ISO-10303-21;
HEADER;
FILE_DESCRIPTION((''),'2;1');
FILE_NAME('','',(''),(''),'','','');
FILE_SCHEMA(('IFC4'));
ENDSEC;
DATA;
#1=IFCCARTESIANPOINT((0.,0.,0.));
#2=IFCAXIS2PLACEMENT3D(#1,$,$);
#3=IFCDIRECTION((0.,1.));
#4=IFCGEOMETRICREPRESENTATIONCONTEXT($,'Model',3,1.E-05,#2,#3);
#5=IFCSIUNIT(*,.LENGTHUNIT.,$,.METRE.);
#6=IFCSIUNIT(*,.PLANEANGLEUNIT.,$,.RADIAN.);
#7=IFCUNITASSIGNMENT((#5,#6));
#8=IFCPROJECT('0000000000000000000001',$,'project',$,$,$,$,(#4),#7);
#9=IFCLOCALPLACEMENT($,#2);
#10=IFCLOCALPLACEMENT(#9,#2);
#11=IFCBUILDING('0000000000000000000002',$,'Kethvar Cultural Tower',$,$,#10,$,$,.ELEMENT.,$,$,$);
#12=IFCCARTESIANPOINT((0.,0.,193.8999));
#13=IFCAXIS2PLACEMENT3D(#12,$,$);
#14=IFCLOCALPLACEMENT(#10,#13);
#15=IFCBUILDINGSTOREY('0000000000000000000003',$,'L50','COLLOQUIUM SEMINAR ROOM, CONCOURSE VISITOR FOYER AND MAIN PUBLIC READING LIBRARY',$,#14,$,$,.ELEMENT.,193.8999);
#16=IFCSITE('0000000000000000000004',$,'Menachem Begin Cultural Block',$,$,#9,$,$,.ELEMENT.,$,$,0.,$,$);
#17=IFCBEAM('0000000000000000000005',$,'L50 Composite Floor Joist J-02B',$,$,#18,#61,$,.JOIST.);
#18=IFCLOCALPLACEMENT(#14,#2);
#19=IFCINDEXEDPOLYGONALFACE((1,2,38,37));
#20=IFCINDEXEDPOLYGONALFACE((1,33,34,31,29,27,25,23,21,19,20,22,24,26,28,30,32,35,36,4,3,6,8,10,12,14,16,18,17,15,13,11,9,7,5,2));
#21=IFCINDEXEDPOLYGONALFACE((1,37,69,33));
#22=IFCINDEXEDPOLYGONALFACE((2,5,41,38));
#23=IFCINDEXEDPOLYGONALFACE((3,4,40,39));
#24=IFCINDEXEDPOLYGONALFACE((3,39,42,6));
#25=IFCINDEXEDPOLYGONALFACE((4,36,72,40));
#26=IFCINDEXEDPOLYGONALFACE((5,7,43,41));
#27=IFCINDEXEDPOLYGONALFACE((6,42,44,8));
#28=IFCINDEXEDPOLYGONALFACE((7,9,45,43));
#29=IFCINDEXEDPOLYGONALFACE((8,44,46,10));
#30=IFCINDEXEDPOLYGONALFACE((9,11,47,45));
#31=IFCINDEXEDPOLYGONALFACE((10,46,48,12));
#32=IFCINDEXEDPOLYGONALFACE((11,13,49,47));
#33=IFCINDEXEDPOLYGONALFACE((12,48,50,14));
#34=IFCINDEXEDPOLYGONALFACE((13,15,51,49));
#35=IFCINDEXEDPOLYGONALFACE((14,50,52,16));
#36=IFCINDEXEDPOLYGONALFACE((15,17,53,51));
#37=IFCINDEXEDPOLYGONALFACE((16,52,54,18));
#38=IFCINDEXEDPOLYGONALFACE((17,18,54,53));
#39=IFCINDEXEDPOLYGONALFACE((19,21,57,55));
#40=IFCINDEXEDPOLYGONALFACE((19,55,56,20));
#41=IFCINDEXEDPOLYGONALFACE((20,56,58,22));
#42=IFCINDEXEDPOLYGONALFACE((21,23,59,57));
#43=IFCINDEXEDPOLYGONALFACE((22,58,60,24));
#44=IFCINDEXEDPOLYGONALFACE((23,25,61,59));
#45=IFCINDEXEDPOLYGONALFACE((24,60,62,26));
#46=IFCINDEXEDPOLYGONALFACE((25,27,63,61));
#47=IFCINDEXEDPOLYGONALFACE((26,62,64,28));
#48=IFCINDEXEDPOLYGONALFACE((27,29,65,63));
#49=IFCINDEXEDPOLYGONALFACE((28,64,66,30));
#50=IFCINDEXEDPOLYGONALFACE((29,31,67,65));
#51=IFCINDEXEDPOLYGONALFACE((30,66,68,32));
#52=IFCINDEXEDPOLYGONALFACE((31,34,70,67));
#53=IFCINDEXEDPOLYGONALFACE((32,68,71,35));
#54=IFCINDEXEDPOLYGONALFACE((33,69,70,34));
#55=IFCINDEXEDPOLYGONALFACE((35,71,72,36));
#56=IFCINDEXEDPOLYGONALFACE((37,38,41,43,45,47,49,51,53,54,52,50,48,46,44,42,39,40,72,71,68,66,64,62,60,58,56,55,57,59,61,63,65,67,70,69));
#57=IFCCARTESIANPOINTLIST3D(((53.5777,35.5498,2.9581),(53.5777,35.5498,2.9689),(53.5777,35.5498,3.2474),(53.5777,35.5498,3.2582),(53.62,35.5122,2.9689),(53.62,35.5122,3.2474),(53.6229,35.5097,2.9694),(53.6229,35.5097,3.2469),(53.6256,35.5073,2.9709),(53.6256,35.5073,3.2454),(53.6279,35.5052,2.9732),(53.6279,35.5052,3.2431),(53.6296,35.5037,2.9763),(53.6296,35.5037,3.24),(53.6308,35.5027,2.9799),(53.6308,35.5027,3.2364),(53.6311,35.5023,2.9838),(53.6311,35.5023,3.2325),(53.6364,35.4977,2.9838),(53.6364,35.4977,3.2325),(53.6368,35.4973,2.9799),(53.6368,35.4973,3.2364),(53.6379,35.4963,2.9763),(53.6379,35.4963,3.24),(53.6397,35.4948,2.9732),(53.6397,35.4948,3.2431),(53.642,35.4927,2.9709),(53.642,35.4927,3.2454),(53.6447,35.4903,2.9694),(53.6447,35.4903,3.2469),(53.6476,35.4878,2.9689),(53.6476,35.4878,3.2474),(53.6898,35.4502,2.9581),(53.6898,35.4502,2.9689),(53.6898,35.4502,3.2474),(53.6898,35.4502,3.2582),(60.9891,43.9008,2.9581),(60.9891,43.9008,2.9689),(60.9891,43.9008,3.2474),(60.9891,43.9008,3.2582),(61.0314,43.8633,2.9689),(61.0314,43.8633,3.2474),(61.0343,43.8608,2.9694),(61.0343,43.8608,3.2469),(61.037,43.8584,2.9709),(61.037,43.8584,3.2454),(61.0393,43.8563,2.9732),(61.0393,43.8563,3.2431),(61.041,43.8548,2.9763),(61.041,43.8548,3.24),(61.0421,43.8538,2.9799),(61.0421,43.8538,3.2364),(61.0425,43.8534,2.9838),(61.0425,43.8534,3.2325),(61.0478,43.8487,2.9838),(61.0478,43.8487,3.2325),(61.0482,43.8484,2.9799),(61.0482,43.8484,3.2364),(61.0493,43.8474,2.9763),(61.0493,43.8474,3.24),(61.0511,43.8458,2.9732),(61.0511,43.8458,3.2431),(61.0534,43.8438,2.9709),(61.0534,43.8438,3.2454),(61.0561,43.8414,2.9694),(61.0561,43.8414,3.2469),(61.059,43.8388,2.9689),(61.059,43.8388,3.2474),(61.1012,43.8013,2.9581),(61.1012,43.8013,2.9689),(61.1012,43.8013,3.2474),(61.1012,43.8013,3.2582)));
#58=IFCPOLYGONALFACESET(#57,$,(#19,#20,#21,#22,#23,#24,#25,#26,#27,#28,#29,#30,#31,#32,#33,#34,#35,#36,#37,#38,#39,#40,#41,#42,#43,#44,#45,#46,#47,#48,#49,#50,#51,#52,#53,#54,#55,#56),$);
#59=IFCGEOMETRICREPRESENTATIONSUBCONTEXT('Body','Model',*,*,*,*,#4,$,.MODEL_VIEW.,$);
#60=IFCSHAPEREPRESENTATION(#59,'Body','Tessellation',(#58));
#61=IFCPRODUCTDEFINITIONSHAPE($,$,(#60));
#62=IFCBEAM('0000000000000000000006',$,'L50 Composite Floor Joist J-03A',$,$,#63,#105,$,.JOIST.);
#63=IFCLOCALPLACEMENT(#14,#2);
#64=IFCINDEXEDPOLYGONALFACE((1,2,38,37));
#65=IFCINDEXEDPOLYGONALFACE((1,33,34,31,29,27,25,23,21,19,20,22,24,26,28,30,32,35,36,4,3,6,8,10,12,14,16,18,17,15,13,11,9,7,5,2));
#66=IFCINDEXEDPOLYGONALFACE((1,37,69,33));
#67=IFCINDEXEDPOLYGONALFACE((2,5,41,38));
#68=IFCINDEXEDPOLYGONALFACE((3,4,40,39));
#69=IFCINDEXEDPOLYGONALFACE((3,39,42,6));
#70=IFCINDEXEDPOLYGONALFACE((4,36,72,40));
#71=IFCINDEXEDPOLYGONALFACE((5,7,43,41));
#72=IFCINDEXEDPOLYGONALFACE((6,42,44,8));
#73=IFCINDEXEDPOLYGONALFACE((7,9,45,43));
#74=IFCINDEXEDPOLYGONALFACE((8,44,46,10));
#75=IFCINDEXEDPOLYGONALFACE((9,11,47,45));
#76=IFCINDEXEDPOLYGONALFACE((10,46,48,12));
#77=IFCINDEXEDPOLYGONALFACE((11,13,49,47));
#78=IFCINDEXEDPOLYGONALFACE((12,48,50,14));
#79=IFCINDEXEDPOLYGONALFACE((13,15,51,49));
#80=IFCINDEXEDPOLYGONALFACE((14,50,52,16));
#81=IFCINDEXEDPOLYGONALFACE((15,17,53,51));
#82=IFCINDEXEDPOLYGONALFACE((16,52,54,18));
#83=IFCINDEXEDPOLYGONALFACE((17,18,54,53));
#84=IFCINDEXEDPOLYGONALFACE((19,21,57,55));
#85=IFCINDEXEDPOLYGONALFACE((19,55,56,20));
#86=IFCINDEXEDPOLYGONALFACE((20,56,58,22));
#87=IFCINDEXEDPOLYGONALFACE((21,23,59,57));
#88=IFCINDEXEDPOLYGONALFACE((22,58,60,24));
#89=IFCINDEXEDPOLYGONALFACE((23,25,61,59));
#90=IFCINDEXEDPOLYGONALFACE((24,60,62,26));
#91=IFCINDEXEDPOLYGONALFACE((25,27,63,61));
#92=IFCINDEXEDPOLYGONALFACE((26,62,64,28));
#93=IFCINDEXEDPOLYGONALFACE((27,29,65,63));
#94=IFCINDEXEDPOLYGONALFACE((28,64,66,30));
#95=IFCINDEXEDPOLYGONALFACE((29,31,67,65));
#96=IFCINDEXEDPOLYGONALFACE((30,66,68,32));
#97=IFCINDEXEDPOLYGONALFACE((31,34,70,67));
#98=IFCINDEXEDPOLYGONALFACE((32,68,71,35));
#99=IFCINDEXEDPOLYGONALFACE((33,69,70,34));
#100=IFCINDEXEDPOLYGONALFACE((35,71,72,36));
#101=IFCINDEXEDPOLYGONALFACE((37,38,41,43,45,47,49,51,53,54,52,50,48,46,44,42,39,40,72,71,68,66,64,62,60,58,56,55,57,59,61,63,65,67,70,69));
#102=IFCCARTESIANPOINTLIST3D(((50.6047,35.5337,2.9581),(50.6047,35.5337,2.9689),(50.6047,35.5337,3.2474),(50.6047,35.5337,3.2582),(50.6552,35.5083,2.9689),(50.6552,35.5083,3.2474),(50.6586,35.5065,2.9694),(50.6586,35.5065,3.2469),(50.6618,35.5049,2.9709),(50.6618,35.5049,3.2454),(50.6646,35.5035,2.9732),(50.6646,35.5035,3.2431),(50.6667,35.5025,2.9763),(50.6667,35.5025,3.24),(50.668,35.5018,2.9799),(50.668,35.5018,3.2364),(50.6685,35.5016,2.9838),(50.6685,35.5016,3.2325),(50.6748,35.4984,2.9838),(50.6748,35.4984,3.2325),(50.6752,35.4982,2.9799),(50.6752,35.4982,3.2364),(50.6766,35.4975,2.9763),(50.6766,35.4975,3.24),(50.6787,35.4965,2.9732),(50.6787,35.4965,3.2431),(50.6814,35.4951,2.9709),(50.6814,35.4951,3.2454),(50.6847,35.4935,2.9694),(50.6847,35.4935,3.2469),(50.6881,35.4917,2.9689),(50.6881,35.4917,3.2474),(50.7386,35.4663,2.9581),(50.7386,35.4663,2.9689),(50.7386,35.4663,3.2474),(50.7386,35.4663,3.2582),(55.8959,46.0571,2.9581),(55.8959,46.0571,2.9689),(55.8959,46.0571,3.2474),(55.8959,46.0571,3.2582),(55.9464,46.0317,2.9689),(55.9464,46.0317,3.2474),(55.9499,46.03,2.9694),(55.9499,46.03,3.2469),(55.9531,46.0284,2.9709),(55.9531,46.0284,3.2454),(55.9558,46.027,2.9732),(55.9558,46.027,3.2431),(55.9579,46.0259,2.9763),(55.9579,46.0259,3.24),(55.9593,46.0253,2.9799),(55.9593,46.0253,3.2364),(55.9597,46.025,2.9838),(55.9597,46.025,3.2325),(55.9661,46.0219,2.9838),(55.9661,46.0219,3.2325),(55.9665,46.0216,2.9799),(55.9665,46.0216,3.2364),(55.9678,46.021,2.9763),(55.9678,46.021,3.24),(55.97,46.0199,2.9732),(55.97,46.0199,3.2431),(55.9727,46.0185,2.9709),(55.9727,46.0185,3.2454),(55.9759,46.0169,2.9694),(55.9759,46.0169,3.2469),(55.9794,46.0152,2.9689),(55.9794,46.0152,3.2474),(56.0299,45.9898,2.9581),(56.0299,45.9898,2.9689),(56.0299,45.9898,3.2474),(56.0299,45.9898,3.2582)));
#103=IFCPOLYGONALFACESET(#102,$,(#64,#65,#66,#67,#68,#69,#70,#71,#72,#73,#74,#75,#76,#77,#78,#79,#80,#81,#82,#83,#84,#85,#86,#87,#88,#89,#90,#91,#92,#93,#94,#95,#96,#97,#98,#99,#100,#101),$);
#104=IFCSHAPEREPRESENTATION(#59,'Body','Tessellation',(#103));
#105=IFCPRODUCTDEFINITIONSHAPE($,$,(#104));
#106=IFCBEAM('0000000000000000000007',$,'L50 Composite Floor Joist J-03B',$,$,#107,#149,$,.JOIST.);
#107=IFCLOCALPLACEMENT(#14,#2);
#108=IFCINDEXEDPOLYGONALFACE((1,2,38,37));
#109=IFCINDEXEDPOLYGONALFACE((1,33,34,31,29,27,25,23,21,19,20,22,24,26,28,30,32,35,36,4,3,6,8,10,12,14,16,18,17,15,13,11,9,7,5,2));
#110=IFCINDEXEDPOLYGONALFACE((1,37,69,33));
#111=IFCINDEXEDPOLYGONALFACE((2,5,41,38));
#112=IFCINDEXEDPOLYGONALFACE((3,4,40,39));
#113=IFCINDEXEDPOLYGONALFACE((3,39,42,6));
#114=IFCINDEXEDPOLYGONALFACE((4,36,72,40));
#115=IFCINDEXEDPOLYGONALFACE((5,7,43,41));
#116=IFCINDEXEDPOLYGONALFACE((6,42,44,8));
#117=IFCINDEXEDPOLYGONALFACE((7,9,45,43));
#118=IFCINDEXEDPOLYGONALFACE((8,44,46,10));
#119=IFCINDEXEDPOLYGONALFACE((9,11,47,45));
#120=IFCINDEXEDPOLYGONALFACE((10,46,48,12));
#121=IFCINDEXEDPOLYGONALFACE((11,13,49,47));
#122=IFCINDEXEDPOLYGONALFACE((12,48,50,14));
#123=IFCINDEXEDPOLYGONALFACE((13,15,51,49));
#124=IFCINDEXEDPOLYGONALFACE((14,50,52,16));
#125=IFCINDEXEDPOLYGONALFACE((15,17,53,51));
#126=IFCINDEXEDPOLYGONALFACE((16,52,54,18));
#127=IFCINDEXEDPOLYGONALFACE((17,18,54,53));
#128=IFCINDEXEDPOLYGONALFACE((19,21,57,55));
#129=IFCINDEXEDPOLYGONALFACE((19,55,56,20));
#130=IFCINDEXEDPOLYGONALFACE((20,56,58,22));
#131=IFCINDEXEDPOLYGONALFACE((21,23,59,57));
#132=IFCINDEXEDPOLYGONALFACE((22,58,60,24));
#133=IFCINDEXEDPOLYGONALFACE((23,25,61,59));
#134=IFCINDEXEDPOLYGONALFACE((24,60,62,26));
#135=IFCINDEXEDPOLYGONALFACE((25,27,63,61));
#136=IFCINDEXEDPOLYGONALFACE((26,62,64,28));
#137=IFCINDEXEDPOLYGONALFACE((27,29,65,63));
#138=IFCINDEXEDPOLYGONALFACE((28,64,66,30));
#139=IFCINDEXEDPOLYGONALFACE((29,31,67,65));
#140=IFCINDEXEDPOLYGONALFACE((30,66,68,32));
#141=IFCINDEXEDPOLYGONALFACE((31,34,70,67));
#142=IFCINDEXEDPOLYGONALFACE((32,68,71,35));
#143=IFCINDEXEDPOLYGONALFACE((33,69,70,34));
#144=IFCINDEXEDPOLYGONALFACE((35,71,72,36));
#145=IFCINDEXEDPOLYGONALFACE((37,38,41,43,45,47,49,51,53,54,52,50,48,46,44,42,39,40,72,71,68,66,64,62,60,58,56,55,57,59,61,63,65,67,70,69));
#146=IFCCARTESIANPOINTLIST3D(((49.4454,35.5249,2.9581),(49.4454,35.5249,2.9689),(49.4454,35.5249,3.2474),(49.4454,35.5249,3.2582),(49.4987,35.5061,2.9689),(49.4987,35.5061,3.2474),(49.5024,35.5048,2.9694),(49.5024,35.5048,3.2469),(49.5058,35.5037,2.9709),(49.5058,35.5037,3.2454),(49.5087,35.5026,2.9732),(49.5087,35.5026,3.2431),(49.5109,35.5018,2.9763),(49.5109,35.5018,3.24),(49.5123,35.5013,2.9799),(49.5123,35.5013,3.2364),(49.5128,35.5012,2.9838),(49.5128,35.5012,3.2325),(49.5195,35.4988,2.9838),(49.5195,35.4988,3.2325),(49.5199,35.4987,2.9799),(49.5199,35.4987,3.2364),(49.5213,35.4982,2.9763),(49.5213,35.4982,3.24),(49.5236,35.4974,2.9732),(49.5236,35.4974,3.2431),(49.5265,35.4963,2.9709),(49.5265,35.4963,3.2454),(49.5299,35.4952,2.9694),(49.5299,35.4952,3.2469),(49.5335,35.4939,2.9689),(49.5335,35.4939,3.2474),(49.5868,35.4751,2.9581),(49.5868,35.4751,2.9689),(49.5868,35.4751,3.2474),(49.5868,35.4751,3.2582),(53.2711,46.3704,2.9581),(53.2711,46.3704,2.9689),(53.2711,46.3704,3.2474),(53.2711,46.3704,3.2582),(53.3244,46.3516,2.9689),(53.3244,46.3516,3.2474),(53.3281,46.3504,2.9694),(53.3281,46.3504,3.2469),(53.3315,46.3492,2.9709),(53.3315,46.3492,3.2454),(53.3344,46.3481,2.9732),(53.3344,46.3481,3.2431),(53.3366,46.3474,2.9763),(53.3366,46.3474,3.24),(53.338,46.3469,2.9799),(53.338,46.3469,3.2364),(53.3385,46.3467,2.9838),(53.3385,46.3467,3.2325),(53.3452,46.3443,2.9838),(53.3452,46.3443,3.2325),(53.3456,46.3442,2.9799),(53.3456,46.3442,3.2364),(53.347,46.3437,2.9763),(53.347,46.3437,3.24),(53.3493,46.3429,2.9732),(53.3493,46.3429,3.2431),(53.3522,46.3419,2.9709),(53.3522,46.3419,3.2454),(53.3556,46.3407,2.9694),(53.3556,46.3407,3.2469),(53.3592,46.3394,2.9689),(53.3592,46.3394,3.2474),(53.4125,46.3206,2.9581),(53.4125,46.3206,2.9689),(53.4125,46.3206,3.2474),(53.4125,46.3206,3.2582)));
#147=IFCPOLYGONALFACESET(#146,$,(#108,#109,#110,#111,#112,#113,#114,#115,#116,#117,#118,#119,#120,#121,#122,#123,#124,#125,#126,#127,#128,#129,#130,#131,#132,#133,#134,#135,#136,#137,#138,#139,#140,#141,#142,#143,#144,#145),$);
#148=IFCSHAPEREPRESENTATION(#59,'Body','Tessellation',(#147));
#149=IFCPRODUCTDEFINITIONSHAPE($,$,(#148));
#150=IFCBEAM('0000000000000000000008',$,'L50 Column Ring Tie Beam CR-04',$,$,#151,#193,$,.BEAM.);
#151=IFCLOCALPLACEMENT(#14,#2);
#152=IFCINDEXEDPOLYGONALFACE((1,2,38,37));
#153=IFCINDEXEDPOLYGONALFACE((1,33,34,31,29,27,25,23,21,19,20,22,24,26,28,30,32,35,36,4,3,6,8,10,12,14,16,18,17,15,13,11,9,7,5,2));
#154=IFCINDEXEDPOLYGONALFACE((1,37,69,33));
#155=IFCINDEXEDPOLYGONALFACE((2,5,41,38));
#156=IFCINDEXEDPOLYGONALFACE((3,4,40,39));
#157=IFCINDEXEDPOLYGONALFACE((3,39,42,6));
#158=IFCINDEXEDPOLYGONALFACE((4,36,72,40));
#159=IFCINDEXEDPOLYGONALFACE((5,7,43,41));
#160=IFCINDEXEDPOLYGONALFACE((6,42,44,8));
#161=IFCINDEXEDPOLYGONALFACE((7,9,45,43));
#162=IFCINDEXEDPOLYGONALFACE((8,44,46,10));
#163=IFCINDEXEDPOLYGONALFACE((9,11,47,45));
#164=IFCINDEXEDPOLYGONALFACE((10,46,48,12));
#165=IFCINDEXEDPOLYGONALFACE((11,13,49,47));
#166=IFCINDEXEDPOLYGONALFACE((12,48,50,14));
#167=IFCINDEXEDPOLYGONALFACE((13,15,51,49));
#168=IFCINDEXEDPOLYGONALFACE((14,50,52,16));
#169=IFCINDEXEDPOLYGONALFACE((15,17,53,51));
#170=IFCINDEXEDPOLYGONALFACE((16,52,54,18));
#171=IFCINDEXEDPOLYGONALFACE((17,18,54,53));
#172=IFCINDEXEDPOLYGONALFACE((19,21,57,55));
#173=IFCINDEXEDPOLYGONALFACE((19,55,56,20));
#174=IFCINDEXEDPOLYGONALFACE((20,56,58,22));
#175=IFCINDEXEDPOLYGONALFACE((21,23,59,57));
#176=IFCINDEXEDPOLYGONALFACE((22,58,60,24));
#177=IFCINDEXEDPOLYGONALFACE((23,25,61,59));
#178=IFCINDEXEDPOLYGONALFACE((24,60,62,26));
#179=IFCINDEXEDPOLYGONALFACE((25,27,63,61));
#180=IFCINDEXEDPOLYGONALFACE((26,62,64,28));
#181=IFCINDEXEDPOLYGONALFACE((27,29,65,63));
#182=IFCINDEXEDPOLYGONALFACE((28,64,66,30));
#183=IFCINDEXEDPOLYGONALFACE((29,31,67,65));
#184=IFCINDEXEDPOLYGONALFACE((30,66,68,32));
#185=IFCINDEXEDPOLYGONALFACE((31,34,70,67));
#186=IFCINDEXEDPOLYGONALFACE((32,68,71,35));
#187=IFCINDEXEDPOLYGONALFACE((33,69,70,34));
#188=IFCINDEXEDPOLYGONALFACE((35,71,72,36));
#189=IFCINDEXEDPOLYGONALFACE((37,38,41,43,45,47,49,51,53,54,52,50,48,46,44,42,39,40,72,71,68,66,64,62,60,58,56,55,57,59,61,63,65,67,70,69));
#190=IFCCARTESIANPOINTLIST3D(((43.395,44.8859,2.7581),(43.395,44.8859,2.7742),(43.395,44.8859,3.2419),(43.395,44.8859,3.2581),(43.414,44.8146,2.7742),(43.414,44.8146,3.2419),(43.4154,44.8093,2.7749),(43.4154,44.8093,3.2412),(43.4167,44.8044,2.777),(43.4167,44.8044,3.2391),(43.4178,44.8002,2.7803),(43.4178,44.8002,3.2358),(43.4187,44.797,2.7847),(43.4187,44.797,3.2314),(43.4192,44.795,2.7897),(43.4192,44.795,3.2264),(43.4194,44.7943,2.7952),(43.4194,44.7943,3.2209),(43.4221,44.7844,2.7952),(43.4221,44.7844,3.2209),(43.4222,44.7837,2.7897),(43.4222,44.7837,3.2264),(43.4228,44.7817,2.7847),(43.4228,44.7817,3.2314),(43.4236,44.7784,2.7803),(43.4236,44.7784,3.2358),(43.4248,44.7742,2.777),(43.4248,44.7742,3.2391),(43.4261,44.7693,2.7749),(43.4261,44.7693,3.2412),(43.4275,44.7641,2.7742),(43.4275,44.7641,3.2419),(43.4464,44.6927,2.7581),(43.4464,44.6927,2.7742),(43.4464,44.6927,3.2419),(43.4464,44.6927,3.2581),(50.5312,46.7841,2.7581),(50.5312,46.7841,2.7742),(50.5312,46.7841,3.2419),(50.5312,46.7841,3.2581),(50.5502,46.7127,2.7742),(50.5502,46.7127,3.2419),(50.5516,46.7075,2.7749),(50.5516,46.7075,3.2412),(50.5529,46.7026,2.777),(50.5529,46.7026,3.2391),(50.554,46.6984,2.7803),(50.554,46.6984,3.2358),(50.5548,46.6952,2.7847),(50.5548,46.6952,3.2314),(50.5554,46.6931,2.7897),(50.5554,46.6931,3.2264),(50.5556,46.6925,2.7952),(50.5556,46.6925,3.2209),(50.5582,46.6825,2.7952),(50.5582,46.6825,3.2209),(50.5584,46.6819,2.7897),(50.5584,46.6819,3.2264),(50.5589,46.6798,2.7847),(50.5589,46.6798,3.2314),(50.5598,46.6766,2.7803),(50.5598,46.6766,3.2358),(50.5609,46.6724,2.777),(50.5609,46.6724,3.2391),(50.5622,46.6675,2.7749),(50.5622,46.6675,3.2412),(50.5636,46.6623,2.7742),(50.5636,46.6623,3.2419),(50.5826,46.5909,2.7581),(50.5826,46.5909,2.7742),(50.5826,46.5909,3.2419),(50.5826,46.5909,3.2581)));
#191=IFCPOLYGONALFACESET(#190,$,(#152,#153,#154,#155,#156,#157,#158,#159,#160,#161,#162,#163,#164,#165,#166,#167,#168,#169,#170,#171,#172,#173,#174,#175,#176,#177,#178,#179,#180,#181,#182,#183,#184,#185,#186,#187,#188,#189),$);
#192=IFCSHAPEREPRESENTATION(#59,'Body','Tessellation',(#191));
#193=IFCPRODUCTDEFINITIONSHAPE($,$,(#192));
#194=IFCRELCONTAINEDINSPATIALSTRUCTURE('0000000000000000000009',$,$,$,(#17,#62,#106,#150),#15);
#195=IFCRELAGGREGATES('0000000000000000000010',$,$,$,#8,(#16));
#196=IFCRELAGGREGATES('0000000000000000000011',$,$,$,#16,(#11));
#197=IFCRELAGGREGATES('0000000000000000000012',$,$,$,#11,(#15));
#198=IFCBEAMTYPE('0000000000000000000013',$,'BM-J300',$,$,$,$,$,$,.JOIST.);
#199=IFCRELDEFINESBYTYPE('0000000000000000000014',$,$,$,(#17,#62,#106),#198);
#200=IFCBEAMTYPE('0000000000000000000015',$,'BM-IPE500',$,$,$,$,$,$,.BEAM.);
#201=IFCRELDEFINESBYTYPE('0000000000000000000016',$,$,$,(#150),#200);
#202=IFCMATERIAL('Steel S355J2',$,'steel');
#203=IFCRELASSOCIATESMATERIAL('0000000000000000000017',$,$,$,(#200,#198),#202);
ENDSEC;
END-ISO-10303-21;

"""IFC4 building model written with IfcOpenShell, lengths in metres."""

from ifc_helpers import new_model, si_unit, direction, frame, origin, origin_2d, place, context, subcontext, project, spatial, i_section, extrude, source, transform, mapped, material, material_profile, profile_set, type_object, element, save


model = new_model("IFC4")

# Units and contexts
model_context = context("Model", 3, precision=1e-05, world=origin(), true_north=direction((0.0, 1.0)))
body_context = subcontext(model_context, "Body", "Model", "MODEL_VIEW")
ifc_project = project(units=[si_unit("LENGTHUNIT", "METRE"), si_unit("PLANEANGLEUNIT", "RADIAN")], contexts=[model_context])

# Site, building, storey
site_placement = place(None, origin())
site = spatial("IfcSite", under=ifc_project, at=site_placement, Name="Menachem Begin Cultural Block", CompositionType="ELEMENT", RefElevation=0.0)
building_placement = place(site_placement, origin())
building = spatial("IfcBuilding", under=site, at=building_placement, Name="Kethvar Cultural Tower", CompositionType="ELEMENT")
storey_placement = place(building_placement, frame((0.0, 0.0, 193.8999)))
storey = spatial("IfcBuildingStorey", under=building, at=storey_placement, Name="L50", Description="COLLOQUIUM SEMINAR ROOM, CONCOURSE VISITOR FOYER AND MAIN PUBLIC READING LIBRARY", CompositionType="ELEMENT", Elevation=193.8999)

# Beams
ifc_material_1 = material(Name="Steel S355J2", Category="steel")
ifc_material_profile_1 = material_profile(ifc_material_1, i_section(OverallWidth=0.2, OverallDepth=0.5, WebThickness=0.0103, FlangeThickness=0.0161, FilletRadius=0.021, at=origin_2d()), Name="Steel S355J2 — IPE500")
ifc_profile_set_1 = profile_set([ifc_material_profile_1], Name="Steel S355J2 — IPE500")
beam_type_1 = type_object("IfcBeamType", Name="BM-IPE500", PredefinedType="BEAM", material=ifc_profile_set_1)
ifc_material_profile_2 = material_profile(ifc_material_1, i_section(OverallWidth=0.1499, OverallDepth=0.3, WebThickness=0.0071, FlangeThickness=0.0107, FilletRadius=0.0149, at=origin_2d()), Name="Steel S355J2 — IPE300")
ifc_profile_set_2 = profile_set([ifc_material_profile_2], Name="Steel S355J2 — IPE300")
beam_type_2 = type_object("IfcBeamType", Name="BM-J300", PredefinedType="JOIST", material=ifc_profile_set_2)
shared_shape_1 = source(origin(), body_context, "Body", "SweptSolid", [
    extrude(i_section(OverallWidth=0.1499, OverallDepth=0.3, WebThickness=0.0071, FlangeThickness=0.0107, FilletRadius=0.0149, at=origin_2d()), origin(), (0.0, 0.0, 1.0), 11.1655),
])
beam_1_placement = place(storey_placement, frame((53.6338, 35.5, 3.1082), z_axis=(0.663773, 0.747934, 0.0), x_axis=(-0.747934, 0.663773, 0.0)))
element("IfcBeam", 1, at=beam_1_placement, inside=storey, type_object=beam_type_2, Name="L50 Composite Floor Joist J-02B", PredefinedType="JOIST", context=body_context, shape_type="MappedRepresentation", body=[
    mapped(shared_shape_1, transform((0.0, 0.0, 0.0), scale=1.0)),
])
shared_shape_2 = source(origin(), body_context, "Body", "SweptSolid", [
    extrude(i_section(OverallWidth=0.1499, OverallDepth=0.3, WebThickness=0.0071, FlangeThickness=0.0107, FilletRadius=0.0149, at=origin_2d()), origin(), (0.0, 0.0, 1.0), 11.7788),
])
beam_2_placement = place(storey_placement, frame((50.6716, 35.5, 3.1082), z_axis=(0.449219, 0.893422, 0.0), x_axis=(-0.893422, 0.449219, 0.0)))
element("IfcBeam", 2, at=beam_2_placement, inside=storey, type_object=beam_type_2, Name="L50 Composite Floor Joist J-03A", PredefinedType="JOIST", context=body_context, shape_type="MappedRepresentation", body=[
    mapped(shared_shape_2, transform((0.0, 0.0, 0.0), scale=1.0)),
])
shared_shape_3 = source(origin(), body_context, "Body", "SweptSolid", [
    extrude(i_section(OverallWidth=0.1499, OverallDepth=0.3, WebThickness=0.0071, FlangeThickness=0.0107, FilletRadius=0.0149, at=origin_2d()), origin(), (0.0, 0.0, 1.0), 11.5005),
])
beam_3_placement = place(storey_placement, frame((49.5161, 35.5, 3.1082), z_axis=(0.332656, 0.943048, 0.0), x_axis=(-0.943048, 0.332656, 0.0)))
element("IfcBeam", 3, at=beam_3_placement, inside=storey, type_object=beam_type_2, Name="L50 Composite Floor Joist J-03B", PredefinedType="JOIST", context=body_context, shape_type="MappedRepresentation", body=[
    mapped(shared_shape_3, transform((0.0, 0.0, 0.0), scale=1.0)),
])
shared_shape_4 = source(origin(), body_context, "Body", "SweptSolid", [
    extrude(i_section(OverallWidth=0.2, OverallDepth=0.5, WebThickness=0.0103, FlangeThickness=0.0161, FilletRadius=0.021, at=origin_2d()), origin(), (0.0, 0.0, 1.0), 7.3843),
])
beam_4_placement = place(storey_placement, frame((50.5569, 46.6875, 3.0081), z_axis=(-0.966397, -0.257056, 0.0), x_axis=(0.257056, -0.966397, 0.0)))
element("IfcBeam", 4, at=beam_4_placement, inside=storey, type_object=beam_type_1, Name="L50 Column Ring Tie Beam CR-04", PredefinedType="BEAM", context=body_context, shape_type="MappedRepresentation", body=[
    mapped(shared_shape_4, transform((0.0, 0.0, 0.0), scale=1.0)),
])

save(model, "model.ifc")
